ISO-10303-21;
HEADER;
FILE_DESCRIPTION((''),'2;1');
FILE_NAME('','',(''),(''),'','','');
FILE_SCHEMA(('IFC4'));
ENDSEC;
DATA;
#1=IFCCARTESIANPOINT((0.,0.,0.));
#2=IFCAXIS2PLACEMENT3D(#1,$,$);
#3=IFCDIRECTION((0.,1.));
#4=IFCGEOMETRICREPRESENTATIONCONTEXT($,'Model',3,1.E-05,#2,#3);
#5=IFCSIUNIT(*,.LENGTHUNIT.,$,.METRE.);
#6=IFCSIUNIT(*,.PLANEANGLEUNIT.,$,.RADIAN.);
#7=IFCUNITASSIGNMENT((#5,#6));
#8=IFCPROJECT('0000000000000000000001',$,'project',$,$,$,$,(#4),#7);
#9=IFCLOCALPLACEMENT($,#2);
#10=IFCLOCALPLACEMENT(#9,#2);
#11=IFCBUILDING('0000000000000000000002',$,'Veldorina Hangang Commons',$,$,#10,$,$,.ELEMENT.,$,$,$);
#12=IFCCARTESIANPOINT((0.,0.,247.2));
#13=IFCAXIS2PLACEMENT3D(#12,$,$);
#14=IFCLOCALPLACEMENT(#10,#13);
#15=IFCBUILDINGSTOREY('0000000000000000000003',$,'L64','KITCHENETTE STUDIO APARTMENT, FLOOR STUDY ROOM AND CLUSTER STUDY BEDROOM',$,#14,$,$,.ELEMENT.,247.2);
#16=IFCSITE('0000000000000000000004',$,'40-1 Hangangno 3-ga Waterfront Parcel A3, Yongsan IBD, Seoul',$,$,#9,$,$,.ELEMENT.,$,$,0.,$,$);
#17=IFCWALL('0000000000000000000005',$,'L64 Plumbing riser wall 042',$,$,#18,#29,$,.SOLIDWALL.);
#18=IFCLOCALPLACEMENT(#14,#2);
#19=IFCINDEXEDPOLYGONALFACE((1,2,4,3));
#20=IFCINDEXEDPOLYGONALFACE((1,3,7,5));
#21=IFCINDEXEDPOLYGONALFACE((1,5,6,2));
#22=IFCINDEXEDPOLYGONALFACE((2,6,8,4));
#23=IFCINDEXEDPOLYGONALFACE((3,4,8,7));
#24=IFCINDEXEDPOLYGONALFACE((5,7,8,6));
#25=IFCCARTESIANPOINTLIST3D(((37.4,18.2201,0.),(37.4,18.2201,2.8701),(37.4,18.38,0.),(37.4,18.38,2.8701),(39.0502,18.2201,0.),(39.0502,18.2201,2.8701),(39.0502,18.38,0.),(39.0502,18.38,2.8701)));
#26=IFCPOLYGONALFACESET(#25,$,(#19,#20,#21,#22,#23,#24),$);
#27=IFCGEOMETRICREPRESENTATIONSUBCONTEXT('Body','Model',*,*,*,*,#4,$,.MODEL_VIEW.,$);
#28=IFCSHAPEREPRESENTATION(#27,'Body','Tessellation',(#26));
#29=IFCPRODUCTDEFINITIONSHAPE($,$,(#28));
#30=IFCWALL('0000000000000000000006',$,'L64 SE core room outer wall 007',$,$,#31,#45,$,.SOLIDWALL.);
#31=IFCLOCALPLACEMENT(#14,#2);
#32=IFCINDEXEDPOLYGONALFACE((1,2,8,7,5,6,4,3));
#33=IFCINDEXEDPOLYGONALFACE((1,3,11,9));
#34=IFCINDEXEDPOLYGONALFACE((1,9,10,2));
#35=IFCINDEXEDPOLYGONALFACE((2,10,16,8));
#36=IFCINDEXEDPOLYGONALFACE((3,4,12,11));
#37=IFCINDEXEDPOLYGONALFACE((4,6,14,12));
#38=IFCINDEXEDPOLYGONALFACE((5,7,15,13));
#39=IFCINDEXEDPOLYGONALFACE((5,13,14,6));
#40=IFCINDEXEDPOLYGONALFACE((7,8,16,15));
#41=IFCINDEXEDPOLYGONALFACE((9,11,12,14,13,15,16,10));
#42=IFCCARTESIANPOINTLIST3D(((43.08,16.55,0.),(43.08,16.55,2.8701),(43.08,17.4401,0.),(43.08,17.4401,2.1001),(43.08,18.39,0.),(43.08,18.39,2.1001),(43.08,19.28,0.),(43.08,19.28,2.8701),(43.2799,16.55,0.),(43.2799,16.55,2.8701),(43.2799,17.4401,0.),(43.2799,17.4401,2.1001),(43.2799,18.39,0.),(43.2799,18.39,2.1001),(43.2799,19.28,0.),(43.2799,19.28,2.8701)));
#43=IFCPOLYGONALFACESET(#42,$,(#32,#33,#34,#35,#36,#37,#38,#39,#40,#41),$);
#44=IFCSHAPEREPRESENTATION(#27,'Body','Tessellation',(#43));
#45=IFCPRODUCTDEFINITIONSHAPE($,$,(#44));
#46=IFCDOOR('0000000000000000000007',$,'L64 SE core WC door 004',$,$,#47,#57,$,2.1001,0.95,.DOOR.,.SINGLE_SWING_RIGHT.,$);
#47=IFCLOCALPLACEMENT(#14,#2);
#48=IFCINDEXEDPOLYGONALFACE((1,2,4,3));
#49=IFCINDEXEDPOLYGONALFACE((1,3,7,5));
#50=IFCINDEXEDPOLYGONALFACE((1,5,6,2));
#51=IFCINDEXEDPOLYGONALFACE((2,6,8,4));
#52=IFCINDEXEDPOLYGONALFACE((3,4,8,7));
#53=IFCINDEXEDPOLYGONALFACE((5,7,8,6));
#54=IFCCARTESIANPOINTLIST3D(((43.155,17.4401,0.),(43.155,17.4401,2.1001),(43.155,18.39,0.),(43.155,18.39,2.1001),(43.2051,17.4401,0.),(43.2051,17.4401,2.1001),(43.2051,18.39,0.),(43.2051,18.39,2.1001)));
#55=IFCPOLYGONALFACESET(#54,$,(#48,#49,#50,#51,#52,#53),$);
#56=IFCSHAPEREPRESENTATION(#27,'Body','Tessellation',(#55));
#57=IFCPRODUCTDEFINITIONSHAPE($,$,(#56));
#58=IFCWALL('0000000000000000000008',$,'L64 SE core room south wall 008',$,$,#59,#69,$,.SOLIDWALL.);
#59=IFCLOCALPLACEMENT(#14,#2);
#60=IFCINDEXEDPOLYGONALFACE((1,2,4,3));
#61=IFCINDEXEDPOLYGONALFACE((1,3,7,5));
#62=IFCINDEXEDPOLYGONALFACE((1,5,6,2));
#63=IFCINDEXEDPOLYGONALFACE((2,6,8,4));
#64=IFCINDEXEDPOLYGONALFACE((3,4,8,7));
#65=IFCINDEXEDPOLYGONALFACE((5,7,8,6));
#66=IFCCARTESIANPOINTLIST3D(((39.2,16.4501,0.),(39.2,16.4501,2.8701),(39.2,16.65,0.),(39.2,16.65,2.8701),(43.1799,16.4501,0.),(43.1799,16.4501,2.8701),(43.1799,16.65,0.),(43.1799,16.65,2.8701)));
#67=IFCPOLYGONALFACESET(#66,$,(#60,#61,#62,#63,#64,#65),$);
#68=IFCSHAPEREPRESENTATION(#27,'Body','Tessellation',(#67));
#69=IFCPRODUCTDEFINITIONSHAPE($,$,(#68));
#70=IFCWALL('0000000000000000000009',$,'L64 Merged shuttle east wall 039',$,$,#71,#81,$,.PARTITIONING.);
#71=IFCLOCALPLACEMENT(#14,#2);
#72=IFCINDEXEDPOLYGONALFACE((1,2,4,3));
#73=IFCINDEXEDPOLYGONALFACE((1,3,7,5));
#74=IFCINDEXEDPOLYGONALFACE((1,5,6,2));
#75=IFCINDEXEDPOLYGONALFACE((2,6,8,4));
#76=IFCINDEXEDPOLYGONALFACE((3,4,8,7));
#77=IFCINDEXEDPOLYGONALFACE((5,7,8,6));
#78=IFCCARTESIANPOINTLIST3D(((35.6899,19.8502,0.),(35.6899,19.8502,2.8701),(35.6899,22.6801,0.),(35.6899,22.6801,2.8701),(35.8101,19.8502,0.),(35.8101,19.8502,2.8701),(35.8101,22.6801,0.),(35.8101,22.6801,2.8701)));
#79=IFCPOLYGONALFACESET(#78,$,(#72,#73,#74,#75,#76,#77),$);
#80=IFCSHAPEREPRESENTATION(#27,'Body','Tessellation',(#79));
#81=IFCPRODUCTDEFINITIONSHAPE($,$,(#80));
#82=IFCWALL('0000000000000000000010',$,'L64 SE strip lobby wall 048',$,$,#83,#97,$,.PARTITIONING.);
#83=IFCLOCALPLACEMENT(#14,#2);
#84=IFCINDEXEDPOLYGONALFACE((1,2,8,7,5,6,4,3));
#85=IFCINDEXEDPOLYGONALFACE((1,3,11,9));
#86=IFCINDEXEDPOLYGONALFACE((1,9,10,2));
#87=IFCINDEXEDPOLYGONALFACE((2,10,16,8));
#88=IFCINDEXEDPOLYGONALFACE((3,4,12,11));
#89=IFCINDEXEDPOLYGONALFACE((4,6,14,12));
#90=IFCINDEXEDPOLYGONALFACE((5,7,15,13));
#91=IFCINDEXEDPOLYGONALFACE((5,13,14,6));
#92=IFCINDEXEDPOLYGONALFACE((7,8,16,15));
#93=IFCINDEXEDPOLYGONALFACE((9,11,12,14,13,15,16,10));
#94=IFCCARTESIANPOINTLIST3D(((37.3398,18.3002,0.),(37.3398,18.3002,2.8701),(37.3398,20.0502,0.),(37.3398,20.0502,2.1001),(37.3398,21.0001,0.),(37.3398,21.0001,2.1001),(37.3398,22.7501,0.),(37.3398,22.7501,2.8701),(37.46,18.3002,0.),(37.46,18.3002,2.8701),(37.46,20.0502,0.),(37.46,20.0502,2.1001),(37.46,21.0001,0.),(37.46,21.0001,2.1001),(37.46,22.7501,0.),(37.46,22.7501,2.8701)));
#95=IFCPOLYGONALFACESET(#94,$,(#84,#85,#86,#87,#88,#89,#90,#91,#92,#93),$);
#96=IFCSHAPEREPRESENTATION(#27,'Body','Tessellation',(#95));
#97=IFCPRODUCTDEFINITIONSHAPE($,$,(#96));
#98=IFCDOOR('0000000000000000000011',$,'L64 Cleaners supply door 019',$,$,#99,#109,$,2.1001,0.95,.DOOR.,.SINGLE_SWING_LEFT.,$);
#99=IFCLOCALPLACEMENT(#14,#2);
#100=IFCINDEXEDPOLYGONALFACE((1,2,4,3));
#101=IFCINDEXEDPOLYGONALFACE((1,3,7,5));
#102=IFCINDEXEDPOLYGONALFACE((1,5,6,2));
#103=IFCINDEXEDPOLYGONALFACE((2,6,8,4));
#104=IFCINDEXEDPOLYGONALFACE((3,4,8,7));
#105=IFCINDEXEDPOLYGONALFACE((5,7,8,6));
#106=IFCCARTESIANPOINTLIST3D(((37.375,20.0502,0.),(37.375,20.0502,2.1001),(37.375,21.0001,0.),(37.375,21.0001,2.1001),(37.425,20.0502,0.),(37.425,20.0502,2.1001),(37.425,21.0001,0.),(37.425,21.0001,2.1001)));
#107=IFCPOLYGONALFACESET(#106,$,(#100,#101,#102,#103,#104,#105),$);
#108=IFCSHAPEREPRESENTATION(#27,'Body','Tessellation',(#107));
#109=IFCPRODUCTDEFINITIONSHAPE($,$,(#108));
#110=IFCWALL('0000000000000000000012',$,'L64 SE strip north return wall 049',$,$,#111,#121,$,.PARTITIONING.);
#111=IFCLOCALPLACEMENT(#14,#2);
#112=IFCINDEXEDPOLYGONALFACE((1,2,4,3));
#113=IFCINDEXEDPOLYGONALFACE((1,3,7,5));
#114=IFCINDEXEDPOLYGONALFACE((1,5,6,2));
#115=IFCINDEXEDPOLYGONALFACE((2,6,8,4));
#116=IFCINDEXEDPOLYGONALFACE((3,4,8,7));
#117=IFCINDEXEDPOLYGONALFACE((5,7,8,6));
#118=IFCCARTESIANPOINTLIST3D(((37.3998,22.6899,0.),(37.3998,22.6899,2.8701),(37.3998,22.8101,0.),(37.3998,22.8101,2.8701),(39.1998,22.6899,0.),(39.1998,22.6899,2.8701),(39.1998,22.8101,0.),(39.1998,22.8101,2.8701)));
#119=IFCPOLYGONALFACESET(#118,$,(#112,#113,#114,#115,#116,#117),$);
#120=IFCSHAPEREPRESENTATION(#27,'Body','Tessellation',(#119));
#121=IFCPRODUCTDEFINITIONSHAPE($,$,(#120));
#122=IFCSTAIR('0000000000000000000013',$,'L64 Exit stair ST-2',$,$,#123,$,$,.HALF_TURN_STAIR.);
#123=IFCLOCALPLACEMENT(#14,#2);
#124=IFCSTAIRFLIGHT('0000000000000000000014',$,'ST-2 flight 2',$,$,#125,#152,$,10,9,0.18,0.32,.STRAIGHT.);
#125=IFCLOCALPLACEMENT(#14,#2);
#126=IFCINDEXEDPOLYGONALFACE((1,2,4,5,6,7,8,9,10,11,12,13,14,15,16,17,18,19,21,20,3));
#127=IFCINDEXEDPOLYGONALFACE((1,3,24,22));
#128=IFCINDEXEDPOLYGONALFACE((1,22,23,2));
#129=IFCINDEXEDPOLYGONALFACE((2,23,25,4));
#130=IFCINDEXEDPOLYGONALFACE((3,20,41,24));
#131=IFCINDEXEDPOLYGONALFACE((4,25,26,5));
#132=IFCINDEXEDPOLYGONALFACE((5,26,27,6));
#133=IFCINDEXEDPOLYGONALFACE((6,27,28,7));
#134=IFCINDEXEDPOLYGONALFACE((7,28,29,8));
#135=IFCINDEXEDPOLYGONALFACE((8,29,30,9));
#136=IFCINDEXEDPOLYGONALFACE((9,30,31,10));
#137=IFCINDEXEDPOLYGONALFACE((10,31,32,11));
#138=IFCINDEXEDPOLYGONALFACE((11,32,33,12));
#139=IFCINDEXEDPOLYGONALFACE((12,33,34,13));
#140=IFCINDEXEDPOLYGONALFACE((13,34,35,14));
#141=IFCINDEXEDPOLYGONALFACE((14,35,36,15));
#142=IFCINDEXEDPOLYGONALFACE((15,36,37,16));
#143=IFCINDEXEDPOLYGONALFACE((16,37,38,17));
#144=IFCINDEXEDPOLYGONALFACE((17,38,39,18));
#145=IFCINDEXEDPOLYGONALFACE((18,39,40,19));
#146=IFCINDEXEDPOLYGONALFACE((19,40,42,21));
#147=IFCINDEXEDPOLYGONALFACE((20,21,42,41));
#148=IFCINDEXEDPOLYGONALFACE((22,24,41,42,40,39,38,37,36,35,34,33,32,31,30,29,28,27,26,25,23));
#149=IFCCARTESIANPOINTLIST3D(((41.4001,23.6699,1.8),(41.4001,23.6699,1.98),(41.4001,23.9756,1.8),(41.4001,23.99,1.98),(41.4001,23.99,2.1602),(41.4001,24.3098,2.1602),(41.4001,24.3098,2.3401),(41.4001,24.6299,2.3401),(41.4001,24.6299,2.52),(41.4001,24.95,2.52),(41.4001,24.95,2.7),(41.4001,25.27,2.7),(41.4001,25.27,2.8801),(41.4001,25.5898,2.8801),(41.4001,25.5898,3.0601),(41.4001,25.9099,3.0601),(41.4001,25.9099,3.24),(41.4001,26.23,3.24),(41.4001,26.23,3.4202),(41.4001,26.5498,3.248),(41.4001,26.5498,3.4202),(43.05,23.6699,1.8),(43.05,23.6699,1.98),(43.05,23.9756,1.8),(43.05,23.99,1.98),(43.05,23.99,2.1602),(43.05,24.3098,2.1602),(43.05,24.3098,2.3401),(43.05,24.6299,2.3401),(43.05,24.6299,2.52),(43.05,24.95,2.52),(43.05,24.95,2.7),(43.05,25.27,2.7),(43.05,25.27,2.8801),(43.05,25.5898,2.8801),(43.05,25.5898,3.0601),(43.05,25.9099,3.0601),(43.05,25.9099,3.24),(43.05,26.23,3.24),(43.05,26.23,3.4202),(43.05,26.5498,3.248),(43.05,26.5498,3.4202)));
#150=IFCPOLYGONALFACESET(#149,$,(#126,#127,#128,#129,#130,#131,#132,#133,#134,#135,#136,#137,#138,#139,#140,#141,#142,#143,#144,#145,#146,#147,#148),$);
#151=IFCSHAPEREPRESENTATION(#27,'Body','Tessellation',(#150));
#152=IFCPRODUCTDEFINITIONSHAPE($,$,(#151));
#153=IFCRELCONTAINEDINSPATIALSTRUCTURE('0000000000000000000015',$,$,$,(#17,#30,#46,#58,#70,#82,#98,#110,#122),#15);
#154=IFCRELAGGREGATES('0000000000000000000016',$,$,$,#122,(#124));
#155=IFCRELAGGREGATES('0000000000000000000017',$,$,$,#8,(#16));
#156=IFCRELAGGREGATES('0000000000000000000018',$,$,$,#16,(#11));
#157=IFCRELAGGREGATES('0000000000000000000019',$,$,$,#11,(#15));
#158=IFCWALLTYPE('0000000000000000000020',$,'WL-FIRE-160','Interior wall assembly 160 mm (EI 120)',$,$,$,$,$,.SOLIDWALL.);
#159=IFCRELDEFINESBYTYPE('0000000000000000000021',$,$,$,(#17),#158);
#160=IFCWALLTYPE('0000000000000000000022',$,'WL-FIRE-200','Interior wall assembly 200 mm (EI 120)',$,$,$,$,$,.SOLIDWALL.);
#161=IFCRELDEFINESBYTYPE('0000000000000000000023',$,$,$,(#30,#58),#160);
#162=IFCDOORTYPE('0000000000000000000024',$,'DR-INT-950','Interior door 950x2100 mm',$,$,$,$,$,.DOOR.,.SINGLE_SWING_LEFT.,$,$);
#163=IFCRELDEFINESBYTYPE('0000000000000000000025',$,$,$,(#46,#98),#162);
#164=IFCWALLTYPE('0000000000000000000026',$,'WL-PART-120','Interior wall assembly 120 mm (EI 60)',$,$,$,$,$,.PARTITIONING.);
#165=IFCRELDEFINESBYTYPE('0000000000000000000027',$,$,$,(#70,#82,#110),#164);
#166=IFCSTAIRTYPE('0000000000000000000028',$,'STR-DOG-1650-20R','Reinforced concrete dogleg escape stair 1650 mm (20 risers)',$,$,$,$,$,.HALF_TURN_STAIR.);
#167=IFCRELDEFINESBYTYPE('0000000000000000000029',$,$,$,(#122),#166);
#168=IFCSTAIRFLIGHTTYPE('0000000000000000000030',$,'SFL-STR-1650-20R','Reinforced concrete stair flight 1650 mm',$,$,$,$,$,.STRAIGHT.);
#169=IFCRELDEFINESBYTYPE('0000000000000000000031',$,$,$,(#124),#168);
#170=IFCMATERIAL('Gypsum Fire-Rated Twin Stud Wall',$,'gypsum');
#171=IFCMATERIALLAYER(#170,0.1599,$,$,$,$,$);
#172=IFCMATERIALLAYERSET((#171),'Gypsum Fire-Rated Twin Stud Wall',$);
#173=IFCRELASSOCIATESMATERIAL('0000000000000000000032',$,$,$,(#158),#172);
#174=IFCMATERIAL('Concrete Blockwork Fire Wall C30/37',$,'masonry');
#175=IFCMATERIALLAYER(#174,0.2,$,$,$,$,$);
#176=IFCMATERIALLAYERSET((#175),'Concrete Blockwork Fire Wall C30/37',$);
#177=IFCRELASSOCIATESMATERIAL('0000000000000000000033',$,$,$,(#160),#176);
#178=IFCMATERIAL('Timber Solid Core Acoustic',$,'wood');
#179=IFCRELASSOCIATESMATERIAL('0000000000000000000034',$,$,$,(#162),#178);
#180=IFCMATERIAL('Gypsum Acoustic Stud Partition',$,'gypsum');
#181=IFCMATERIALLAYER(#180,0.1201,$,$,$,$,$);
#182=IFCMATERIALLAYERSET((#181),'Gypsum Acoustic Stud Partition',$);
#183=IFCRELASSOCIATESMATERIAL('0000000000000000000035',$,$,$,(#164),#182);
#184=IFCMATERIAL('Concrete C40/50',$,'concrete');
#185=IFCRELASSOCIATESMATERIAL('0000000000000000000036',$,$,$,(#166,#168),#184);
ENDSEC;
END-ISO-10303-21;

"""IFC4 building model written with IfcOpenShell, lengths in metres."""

from ifc_helpers import new_model, si_unit, direction, frame, frame_2d, origin, place, context, subcontext, project, spatial, polyline, rectangle, outline, extrude, material, layer, layer_set, type_object, element, fill, aggregate, save


model = new_model("IFC4")

# Units and contexts
model_context = context("Model", 3, precision=1e-05, world=origin(), true_north=direction((0.0, 1.0)))
body_context = subcontext(model_context, "Body", "Model", "MODEL_VIEW")
ifc_project = project(units=[si_unit("LENGTHUNIT", "METRE"), si_unit("PLANEANGLEUNIT", "RADIAN")], contexts=[model_context])

# Site, building, storey
site_placement = place(None, origin())
site = spatial("IfcSite", under=ifc_project, at=site_placement, Name="40-1 Hangangno 3-ga Waterfront Parcel A3, Yongsan IBD, Seoul", CompositionType="ELEMENT", RefElevation=0.0)
building_placement = place(site_placement, origin())
building = spatial("IfcBuilding", under=site, at=building_placement, Name="Veldorina Hangang Commons", CompositionType="ELEMENT")
storey_placement = place(building_placement, frame((0.0, 0.0, 247.2)))
storey = spatial("IfcBuildingStorey", under=building, at=storey_placement, Name="L64", Description="KITCHENETTE STUDIO APARTMENT, FLOOR STUDY ROOM AND CLUSTER STUDY BEDROOM", CompositionType="ELEMENT", Elevation=247.2)

# Wall
ifc_material_1 = material(Name="Gypsum Fire-Rated Twin Stud Wall", Category="gypsum")
ifc_layer_1 = layer(ifc_material_1, 0.1599)
ifc_layer_set_1 = layer_set([ifc_layer_1], Name="Gypsum Fire-Rated Twin Stud Wall")
wall_type_1 = type_object("IfcWallType", Name="WL-FIRE-160", Description="Interior wall assembly 160 mm (EI 120)", PredefinedType="SOLIDWALL", material=ifc_layer_set_1)
wall_1_placement = place(storey_placement, frame((37.3999, 18.3, 0.0), z_axis=(0.0, 0.0, 1.0), x_axis=(1.0, 0.0, 0.0)))
element("IfcWall", 1, at=wall_1_placement, inside=storey, type_object=wall_type_1, Name="L64 Plumbing riser wall 042", PredefinedType="SOLIDWALL", context=body_context, shape_type="SweptSolid", body=[
    extrude(rectangle(XDim=1.6501, YDim=0.1599, at=frame_2d((0.8252, 0.0))), origin(), (0.0, 0.0, 1.0), 2.8701),
])

# Wall, opening, door
ifc_material_2 = material(Name="Concrete Blockwork Fire Wall C30/37", Category="masonry")
ifc_layer_2 = layer(ifc_material_2, 0.2)
ifc_layer_set_2 = layer_set([ifc_layer_2], Name="Concrete Blockwork Fire Wall C30/37")
wall_type_2 = type_object("IfcWallType", Name="WL-FIRE-200", Description="Interior wall assembly 200 mm (EI 120)", PredefinedType="SOLIDWALL", material=ifc_layer_set_2)
wall_2_placement = place(storey_placement, frame((43.1799, 16.55, 0.0), z_axis=(0.0, 0.0, 1.0), x_axis=(0.0, 1.0, 0.0)))
wall_2 = element("IfcWall", 2, at=wall_2_placement, inside=storey, type_object=wall_type_2, Name="L64 SE core room outer wall 007", PredefinedType="SOLIDWALL", context=body_context, shape_type="SweptSolid", body=[
    extrude(rectangle(XDim=2.73, YDim=0.2, at=frame_2d((1.365, 0.0))), origin(), (0.0, 0.0, 1.0), 2.8701),
])
opening_1_placement = place(wall_2_placement, frame((0.8899, 0.0, 0.0)))
opening_1 = element("IfcOpeningElement", 3, at=opening_1_placement, cuts=wall_2, PredefinedType="OPENING", context=body_context, shape_type="SweptSolid", body=[
    extrude(rectangle(XDim=0.95, YDim=2.1001, at=frame_2d((0.4751, 1.05))), frame((0.0, 0.1099, 0.0), z_axis=(0.0, -1.0, 0.0), x_axis=(1.0, 0.0, 0.0)), (0.0, 0.0, 1.0), 0.22),
])
ifc_material_3 = material(Name="Timber Solid Core Acoustic", Category="wood")
door_type_1 = type_object("IfcDoorType", Name="DR-INT-950", Description="Interior door 950x2100 mm", OperationType="SINGLE_SWING_LEFT", PredefinedType="DOOR", material=ifc_material_3)
door_1_placement = place(opening_1_placement, origin())
door_1 = element("IfcDoor", 4, at=door_1_placement, inside=storey, type_object=door_type_1, Name="L64 SE core WC door 004", OperationType="SINGLE_SWING_RIGHT", OverallHeight=2.1001, OverallWidth=0.95, PredefinedType="DOOR", context=body_context, shape_type="SweptSolid", body=[
    extrude(rectangle(XDim=0.95, YDim=2.1001, at=frame_2d((0.4751, 1.05))), frame((0.0, 0.0249, 0.0), z_axis=(0.0, -1.0, 0.0), x_axis=(1.0, 0.0, 0.0)), (0.0, 0.0, 1.0), 0.05),
])
fill(opening_1, door_1)

# Walls
wall_3_placement = place(storey_placement, frame((39.2, 16.55, 0.0), z_axis=(0.0, 0.0, 1.0), x_axis=(1.0, 0.0, 0.0)))
element("IfcWall", 5, at=wall_3_placement, inside=storey, type_object=wall_type_2, Name="L64 SE core room south wall 008", PredefinedType="SOLIDWALL", context=body_context, shape_type="SweptSolid", body=[
    extrude(rectangle(XDim=3.98, YDim=0.2, at=frame_2d((1.99, 0.0))), origin(), (0.0, 0.0, 1.0), 2.8701),
])
ifc_material_4 = material(Name="Gypsum Acoustic Stud Partition", Category="gypsum")
ifc_layer_3 = layer(ifc_material_4, 0.1201)
ifc_layer_set_3 = layer_set([ifc_layer_3], Name="Gypsum Acoustic Stud Partition")
wall_type_3 = type_object("IfcWallType", Name="WL-PART-120", Description="Interior wall assembly 120 mm (EI 60)", PredefinedType="PARTITIONING", material=ifc_layer_set_3)
wall_4_placement = place(storey_placement, frame((35.75, 19.8501, 0.0), z_axis=(0.0, 0.0, 1.0), x_axis=(0.0, 1.0, 0.0)))
element("IfcWall", 6, at=wall_4_placement, inside=storey, type_object=wall_type_3, Name="L64 Merged shuttle east wall 039", PredefinedType="PARTITIONING", context=body_context, shape_type="SweptSolid", body=[
    extrude(rectangle(XDim=2.8298, YDim=0.1201, at=frame_2d((1.415, 0.0))), origin(), (0.0, 0.0, 1.0), 2.8701),
])

# Wall, opening, door
wall_5_placement = place(storey_placement, frame((37.3999, 18.3, 0.0), z_axis=(0.0, 0.0, 1.0), x_axis=(0.0, 1.0, 0.0)))
wall_5 = element("IfcWall", 7, at=wall_5_placement, inside=storey, type_object=wall_type_3, Name="L64 SE strip lobby wall 048", PredefinedType="PARTITIONING", context=body_context, shape_type="SweptSolid", body=[
    extrude(rectangle(XDim=4.45, YDim=0.1201, at=frame_2d((2.2251, 0.0))), origin(), (0.0, 0.0, 1.0), 2.8701),
])
opening_2_placement = place(wall_5_placement, frame((1.75, 0.0, 0.0)))
opening_2 = element("IfcOpeningElement", 8, at=opening_2_placement, cuts=wall_5, PredefinedType="OPENING", context=body_context, shape_type="SweptSolid", body=[
    extrude(rectangle(XDim=0.95, YDim=2.1001, at=frame_2d((0.4751, 1.05))), frame((0.0, 0.0701, 0.0), z_axis=(0.0, -1.0, 0.0), x_axis=(1.0, 0.0, 0.0)), (0.0, 0.0, 1.0), 0.1401),
])
door_2_placement = place(opening_2_placement, origin())
door_2 = element("IfcDoor", 9, at=door_2_placement, inside=storey, type_object=door_type_1, Name="L64 Cleaners supply door 019", OperationType="SINGLE_SWING_LEFT", OverallHeight=2.1001, OverallWidth=0.95, PredefinedType="DOOR", context=body_context, shape_type="SweptSolid", body=[
    extrude(rectangle(XDim=0.95, YDim=2.1001, at=frame_2d((0.4751, 1.05))), frame((0.0, 0.0249, 0.0), z_axis=(0.0, -1.0, 0.0), x_axis=(1.0, 0.0, 0.0)), (0.0, 0.0, 1.0), 0.05),
])
fill(opening_2, door_2)

# Wall
wall_6_placement = place(storey_placement, frame((37.3999, 22.75, 0.0), z_axis=(0.0, 0.0, 1.0), x_axis=(1.0, 0.0, 0.0)))
element("IfcWall", 10, at=wall_6_placement, inside=storey, type_object=wall_type_3, Name="L64 SE strip north return wall 049", PredefinedType="PARTITIONING", context=body_context, shape_type="SweptSolid", body=[
    extrude(rectangle(XDim=1.8, YDim=0.1201, at=frame_2d((0.8999, 0.0))), origin(), (0.0, 0.0, 1.0), 2.8701),
])

# Stair, stair flight
ifc_material_5 = material(Name="Concrete C40/50", Category="concrete")
stair_type = type_object("IfcStairType", Name="STR-DOG-1650-20R", Description="Reinforced concrete dogleg escape stair 1650 mm (20 risers)", PredefinedType="HALF_TURN_STAIR", material=ifc_material_5)
stair_placement = place(storey_placement, origin())
stair = element("IfcStair", 11, at=stair_placement, inside=storey, type_object=stair_type, Name="L64 Exit stair ST-2", PredefinedType="HALF_TURN_STAIR")
stair_flight_type = type_object("IfcStairFlightType", Name="SFL-STR-1650-20R", Description="Reinforced concrete stair flight 1650 mm", PredefinedType="STRAIGHT", material=ifc_material_5)
stair_flight_placement = place(storey_placement, frame((42.2251, 23.6699, 1.8), z_axis=(0.0, 0.0, 1.0), x_axis=(0.0, 1.0, 0.0)))
stair_flight = element("IfcStairFlight", 12, at=stair_flight_placement, type_object=stair_flight_type, Name="ST-2 flight 2", NumberOfRisers=10, NumberOfTreads=9, PredefinedType="STRAIGHT", RiserHeight=0.18, TreadLength=0.32, context=body_context, shape_type="SweptSolid", body=[
    extrude(outline(polyline([(0.0, 0.0), (0.0, 0.1799), (0.3201, 0.1799), (0.3201, 0.3601), (0.6399, 0.3601), (0.6399, 0.54), (0.96, 0.54), (0.96, 0.72), (1.28, 0.72), (1.28, 0.8999), (1.6001, 0.8999), (1.6001, 1.0801), (1.9199, 1.0801), (1.9199, 1.26), (2.24, 1.26), (2.24, 1.4399), (2.5601, 1.4399), (2.5601, 1.6201), (2.8799, 1.6201), (2.8799, 1.8), (2.8799, 1.448), (0.3057, 0.0), (0.0, 0.0)])), frame((0.0, 0.825, 0.0), z_axis=(0.0, -1.0, 0.0), x_axis=(1.0, 0.0, 0.0)), (0.0, 0.0, 1.0), 1.6499),
])
aggregate(stair, [stair_flight])

save(model, "model.ifc")
